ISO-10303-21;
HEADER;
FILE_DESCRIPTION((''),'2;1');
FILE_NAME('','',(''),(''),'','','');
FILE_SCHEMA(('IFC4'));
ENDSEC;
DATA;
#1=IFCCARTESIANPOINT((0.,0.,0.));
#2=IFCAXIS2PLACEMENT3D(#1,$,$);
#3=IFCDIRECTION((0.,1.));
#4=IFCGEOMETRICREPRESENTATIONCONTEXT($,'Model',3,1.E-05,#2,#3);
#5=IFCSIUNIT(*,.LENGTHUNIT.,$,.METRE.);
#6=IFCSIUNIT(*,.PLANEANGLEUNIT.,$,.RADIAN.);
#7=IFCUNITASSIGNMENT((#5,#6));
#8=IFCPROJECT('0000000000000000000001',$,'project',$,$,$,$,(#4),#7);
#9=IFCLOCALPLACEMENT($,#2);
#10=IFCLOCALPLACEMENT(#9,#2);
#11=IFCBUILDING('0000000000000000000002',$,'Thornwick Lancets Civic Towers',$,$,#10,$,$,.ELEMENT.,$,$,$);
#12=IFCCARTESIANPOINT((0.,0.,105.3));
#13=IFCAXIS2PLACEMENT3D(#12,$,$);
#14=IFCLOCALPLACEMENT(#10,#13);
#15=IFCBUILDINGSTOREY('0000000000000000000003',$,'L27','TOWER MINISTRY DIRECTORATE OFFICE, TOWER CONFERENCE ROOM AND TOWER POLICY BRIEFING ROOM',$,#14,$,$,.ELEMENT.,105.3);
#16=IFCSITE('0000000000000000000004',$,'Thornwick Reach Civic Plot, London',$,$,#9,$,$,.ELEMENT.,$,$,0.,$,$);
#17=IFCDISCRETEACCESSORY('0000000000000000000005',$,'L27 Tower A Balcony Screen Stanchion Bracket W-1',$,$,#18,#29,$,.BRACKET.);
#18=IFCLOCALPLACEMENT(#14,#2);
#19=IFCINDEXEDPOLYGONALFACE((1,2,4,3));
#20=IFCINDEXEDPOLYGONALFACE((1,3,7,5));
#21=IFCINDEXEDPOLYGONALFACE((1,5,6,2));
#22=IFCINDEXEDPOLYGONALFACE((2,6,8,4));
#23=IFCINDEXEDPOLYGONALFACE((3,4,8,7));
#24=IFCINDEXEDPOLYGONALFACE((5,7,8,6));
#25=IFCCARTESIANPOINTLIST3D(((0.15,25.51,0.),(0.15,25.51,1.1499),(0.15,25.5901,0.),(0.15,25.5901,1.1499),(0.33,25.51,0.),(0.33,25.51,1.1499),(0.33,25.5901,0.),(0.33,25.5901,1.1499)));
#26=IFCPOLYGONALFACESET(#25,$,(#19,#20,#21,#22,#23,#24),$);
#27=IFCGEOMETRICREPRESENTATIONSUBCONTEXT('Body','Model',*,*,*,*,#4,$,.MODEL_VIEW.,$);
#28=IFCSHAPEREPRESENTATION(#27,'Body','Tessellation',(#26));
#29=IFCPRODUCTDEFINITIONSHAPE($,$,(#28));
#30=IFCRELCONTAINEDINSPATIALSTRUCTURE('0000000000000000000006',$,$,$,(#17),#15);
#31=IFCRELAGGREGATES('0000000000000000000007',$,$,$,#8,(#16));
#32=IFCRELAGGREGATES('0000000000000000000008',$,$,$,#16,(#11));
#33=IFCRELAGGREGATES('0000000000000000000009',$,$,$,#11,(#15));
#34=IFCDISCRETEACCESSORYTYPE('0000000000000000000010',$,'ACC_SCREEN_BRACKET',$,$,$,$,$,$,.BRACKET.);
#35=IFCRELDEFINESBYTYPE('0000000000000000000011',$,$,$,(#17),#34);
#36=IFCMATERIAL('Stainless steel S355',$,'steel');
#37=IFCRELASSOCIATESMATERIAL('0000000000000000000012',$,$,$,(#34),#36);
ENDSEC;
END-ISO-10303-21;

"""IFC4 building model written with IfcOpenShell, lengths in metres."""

from ifc_helpers import new_model, si_unit, direction, frame, origin, origin_2d, place, context, subcontext, project, spatial, rectangle, extrude, material, type_object, element, save


model = new_model("IFC4")

# Units and contexts
model_context = context("Model", 3, precision=1e-05, world=origin(), true_north=direction((0.0, 1.0)))
body_context = subcontext(model_context, "Body", "Model", "MODEL_VIEW")
ifc_project = project(units=[si_unit("LENGTHUNIT", "METRE"), si_unit("PLANEANGLEUNIT", "RADIAN")], contexts=[model_context])

# Site, building, storey
site_placement = place(None, origin())
site = spatial("IfcSite", under=ifc_project, at=site_placement, Name="Thornwick Reach Civic Plot, London", CompositionType="ELEMENT", RefElevation=0.0)
building_placement = place(site_placement, origin())
building = spatial("IfcBuilding", under=site, at=building_placement, Name="Thornwick Lancets Civic Towers", CompositionType="ELEMENT")
storey_placement = place(building_placement, frame((0.0, 0.0, 105.3)))
storey = spatial("IfcBuildingStorey", under=building, at=storey_placement, Name="L27", Description="TOWER MINISTRY DIRECTORATE OFFICE, TOWER CONFERENCE ROOM AND TOWER POLICY BRIEFING ROOM", CompositionType="ELEMENT", Elevation=105.3)

# Discrete accessory
ifc_material_1 = material(Name="Stainless steel S355", Category="steel")
discrete_accessory_type_1 = type_object("IfcDiscreteAccessoryType", Name="ACC_SCREEN_BRACKET", PredefinedType="BRACKET", material=ifc_material_1)
discrete_accessory_1_placement = place(storey_placement, frame((0.24, 25.55, 0.0), z_axis=(0.0, 0.0, 1.0), x_axis=(0.0, 1.0, 0.0)))
element("IfcDiscreteAccessory", 1, at=discrete_accessory_1_placement, inside=storey, type_object=discrete_accessory_type_1, Name="L27 Tower A Balcony Screen Stanchion Bracket W-1", PredefinedType="BRACKET", context=body_context, shape_type="SweptSolid", body=[
    extrude(rectangle(XDim=0.0801, YDim=0.1799, at=origin_2d()), origin(), (0.0, 0.0, 1.0), 1.1499),
])

save(model, "model.ifc")
